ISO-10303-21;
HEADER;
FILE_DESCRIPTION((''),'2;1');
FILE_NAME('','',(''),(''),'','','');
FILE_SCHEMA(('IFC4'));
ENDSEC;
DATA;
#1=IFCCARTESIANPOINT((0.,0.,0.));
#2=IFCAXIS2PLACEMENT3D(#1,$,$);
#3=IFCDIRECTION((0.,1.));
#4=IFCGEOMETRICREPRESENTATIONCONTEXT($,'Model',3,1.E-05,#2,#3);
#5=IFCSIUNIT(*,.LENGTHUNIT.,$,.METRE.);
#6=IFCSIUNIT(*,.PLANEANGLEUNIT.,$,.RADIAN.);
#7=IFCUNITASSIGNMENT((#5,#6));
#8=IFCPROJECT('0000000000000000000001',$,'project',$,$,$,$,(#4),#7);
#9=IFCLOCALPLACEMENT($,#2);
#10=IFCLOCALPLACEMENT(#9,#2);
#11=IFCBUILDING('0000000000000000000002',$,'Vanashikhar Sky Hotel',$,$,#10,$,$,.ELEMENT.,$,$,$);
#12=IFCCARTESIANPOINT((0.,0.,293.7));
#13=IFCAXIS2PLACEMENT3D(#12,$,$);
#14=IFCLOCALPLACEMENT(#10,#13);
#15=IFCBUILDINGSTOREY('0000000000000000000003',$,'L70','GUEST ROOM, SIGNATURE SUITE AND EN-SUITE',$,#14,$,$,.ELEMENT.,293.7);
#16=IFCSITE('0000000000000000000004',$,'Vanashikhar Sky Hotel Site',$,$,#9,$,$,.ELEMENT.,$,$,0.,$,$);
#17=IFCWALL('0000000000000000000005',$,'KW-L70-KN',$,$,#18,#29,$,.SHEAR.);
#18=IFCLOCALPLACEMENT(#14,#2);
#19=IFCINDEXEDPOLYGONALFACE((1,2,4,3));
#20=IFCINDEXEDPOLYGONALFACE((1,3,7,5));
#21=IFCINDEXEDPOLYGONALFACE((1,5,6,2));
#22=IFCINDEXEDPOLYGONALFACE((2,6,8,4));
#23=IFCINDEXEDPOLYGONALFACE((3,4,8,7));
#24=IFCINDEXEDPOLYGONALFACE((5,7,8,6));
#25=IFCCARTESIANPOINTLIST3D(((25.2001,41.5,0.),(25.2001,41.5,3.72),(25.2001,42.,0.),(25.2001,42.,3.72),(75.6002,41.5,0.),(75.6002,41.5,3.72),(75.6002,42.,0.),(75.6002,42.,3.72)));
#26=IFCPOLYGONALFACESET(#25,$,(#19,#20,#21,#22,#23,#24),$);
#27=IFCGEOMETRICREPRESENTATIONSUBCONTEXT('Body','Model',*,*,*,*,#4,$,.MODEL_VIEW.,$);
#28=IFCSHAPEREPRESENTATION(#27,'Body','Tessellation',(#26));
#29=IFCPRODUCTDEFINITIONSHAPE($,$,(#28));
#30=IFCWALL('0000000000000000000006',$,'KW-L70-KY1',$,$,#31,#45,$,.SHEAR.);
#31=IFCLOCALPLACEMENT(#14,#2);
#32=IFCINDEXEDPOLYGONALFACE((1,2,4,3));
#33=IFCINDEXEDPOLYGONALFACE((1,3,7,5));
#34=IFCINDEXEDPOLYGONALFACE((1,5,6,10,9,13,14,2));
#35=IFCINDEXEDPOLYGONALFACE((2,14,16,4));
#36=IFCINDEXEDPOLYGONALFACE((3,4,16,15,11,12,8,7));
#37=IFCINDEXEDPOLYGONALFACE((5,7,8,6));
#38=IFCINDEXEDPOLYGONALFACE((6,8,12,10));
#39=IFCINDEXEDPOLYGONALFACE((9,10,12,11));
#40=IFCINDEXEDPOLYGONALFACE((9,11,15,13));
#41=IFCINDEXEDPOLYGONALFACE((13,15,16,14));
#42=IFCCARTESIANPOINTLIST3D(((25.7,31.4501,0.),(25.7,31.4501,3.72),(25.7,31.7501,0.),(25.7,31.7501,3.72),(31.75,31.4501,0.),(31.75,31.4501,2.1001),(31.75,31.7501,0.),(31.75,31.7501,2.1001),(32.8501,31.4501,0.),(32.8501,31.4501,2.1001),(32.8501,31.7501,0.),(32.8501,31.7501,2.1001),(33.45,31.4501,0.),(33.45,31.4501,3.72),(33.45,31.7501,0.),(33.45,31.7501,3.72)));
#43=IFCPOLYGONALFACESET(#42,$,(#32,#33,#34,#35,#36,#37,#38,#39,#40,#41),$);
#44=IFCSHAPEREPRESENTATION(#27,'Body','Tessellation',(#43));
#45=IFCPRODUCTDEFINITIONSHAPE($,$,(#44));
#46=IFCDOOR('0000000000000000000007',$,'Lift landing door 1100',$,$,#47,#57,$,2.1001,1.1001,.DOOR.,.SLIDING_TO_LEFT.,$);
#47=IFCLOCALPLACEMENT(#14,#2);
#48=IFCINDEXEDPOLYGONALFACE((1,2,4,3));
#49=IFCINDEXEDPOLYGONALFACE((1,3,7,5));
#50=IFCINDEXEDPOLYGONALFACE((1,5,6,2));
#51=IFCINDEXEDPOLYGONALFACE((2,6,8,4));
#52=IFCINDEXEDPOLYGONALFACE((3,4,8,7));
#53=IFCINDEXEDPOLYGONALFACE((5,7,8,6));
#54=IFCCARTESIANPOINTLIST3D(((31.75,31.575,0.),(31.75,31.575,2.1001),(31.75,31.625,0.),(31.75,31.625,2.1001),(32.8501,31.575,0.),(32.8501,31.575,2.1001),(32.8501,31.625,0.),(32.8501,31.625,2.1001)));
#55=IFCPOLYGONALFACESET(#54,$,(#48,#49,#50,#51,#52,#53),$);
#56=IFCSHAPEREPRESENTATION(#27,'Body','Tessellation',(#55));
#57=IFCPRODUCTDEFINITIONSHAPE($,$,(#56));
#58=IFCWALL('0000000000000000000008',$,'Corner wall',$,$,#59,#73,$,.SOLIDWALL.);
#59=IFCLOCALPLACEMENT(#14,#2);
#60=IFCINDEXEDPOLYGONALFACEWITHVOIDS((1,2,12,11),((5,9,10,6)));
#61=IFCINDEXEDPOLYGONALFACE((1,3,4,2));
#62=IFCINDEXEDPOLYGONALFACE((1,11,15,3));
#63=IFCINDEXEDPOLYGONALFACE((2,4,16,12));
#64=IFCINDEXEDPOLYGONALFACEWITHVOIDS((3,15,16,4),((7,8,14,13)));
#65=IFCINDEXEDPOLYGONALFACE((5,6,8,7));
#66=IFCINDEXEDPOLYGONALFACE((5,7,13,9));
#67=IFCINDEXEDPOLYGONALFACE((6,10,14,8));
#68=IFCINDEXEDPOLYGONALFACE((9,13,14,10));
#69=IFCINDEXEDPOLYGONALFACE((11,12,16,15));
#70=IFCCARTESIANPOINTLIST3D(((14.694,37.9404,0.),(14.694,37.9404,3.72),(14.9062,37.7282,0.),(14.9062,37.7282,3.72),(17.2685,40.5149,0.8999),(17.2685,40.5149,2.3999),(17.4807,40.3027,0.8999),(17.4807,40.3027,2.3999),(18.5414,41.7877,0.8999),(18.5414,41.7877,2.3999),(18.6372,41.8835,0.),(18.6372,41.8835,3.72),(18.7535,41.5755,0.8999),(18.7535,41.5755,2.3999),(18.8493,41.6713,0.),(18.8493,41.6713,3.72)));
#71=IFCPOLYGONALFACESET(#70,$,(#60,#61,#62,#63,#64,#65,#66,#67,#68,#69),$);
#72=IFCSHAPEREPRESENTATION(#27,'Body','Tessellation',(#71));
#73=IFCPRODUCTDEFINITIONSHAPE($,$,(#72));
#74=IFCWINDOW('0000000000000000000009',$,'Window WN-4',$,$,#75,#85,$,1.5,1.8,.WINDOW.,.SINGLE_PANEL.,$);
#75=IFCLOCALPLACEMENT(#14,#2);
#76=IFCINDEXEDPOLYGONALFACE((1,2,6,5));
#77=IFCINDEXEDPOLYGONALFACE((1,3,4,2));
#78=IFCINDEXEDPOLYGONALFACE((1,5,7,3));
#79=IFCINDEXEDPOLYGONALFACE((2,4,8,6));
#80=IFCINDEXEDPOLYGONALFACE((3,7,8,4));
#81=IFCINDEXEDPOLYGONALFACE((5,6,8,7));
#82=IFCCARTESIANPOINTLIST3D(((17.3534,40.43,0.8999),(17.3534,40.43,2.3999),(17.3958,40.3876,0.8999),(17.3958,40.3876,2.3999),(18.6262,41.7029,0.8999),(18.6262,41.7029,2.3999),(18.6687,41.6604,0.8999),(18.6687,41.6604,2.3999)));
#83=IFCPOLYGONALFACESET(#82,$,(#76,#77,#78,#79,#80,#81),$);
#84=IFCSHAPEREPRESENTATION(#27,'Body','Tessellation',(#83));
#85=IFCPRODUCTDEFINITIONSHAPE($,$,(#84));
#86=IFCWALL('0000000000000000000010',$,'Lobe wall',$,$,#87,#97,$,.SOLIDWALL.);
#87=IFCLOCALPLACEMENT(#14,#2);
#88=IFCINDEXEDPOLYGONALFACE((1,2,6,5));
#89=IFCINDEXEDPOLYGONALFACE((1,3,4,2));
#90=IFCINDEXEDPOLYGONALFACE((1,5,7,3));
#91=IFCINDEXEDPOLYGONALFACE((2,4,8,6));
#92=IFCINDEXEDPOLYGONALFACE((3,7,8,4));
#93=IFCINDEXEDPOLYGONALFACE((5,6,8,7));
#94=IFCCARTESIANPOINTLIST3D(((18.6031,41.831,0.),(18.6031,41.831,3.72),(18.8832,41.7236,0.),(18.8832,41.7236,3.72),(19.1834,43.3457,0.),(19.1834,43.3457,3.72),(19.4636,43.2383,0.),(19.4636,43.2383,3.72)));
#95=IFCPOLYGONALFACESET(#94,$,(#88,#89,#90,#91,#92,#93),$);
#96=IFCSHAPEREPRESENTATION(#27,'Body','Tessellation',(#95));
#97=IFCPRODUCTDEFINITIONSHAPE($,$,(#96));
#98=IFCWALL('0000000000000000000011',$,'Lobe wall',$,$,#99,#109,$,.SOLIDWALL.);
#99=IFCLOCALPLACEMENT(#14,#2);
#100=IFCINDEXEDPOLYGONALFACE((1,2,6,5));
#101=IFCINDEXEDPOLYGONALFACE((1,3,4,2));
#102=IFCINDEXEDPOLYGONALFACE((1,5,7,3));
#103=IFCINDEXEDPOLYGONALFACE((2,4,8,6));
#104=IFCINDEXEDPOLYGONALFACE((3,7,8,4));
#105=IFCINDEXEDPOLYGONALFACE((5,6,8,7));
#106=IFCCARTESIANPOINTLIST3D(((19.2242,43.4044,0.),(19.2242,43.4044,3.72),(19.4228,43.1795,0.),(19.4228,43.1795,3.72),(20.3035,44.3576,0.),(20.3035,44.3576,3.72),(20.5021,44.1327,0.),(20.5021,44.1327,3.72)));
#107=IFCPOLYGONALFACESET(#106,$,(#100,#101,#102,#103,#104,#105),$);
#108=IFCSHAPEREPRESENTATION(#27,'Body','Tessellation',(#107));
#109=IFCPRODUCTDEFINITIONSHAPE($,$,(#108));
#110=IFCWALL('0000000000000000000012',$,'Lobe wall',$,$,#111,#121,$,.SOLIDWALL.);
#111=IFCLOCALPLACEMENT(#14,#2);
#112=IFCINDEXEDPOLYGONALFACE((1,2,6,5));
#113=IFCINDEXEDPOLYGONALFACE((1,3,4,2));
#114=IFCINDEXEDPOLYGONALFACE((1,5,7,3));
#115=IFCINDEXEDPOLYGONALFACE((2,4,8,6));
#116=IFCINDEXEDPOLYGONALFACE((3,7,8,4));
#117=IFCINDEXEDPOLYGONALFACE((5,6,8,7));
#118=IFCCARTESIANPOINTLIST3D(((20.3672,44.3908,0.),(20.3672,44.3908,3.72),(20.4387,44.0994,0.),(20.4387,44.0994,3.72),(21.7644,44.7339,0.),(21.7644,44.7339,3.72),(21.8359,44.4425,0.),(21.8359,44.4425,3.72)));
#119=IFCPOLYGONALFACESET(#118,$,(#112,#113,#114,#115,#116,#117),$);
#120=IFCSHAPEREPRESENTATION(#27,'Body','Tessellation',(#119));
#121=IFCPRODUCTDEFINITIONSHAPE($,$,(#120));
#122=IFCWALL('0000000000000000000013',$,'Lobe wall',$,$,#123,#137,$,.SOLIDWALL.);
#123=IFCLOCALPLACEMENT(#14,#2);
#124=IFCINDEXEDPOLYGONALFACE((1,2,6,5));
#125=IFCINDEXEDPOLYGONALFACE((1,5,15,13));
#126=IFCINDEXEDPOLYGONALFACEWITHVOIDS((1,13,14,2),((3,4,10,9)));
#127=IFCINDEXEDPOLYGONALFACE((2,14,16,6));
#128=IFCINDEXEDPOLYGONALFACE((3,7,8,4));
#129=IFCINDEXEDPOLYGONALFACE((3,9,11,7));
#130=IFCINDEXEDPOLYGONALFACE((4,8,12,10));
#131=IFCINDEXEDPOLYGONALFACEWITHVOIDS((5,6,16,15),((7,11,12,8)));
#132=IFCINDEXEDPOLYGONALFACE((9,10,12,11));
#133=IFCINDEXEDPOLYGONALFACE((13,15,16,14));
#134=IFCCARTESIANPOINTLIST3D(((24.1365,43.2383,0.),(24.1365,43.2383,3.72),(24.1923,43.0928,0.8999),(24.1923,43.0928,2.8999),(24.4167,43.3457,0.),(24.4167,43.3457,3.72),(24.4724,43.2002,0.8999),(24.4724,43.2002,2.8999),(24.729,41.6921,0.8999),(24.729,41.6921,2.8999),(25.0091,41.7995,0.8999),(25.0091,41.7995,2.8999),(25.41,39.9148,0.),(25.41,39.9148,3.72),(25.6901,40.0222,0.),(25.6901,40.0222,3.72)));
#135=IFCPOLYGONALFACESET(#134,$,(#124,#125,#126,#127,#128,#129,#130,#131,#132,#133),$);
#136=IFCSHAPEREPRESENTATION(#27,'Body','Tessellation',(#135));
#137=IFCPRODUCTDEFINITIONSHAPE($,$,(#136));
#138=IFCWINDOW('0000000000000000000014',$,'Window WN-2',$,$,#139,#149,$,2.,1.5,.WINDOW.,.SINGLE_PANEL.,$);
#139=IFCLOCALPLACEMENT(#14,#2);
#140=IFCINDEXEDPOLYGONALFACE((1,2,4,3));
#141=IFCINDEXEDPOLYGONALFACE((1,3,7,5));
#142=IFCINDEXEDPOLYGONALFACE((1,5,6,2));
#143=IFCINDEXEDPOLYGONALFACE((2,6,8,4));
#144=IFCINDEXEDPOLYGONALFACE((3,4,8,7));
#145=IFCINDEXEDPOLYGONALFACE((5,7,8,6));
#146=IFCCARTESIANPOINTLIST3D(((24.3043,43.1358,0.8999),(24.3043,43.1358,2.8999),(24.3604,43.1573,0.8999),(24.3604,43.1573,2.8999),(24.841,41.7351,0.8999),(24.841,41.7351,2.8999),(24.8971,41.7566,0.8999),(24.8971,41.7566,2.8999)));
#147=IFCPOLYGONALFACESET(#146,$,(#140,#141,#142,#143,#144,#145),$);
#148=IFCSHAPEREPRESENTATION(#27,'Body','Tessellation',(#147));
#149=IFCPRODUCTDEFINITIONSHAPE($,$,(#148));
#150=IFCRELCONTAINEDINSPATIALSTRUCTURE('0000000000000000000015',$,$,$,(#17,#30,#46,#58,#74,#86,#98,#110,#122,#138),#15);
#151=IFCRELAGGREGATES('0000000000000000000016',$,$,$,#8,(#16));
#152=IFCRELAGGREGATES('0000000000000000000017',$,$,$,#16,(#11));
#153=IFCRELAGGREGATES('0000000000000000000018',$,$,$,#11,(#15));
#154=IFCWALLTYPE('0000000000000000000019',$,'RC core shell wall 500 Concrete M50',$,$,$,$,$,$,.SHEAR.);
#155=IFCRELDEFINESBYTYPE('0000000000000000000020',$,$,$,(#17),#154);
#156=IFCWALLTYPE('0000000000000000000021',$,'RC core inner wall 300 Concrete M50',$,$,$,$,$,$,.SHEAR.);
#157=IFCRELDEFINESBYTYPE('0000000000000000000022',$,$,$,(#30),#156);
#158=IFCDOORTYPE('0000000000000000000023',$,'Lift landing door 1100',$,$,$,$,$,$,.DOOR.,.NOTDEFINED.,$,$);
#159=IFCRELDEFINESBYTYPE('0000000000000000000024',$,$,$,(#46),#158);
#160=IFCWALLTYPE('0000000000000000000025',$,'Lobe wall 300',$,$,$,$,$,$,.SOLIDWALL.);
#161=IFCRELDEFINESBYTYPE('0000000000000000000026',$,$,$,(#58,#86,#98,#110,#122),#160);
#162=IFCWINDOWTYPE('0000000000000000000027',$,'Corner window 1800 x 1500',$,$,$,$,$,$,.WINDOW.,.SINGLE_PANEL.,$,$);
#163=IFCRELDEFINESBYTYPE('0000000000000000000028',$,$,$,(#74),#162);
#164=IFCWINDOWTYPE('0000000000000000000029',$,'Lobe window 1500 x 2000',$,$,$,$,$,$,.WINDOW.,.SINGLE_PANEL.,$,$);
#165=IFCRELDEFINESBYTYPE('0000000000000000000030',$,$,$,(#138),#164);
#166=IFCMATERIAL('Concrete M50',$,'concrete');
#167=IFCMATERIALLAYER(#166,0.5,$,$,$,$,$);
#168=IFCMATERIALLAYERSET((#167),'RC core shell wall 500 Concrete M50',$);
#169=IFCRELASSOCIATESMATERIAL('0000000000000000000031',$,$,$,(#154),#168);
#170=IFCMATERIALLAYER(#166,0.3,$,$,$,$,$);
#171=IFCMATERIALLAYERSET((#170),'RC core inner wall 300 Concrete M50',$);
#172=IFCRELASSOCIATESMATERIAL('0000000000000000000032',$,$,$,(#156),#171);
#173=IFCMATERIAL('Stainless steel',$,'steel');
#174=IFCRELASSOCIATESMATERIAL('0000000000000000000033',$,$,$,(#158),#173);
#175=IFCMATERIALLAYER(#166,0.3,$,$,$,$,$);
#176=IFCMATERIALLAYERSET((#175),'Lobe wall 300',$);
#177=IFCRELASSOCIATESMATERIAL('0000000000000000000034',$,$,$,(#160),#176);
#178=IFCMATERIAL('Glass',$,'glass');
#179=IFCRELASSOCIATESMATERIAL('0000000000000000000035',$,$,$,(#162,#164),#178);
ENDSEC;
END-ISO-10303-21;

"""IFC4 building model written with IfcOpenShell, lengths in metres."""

from ifc_helpers import new_model, si_unit, direction, frame, frame_2d, origin, place, context, subcontext, project, spatial, rectangle, extrude, source, transform, mapped, material, layer, layer_set, type_object, element, fill, save


model = new_model("IFC4")

# Units and contexts
model_context = context("Model", 3, precision=1e-05, world=origin(), true_north=direction((0.0, 1.0)))
body_context = subcontext(model_context, "Body", "Model", "MODEL_VIEW")
ifc_project = project(units=[si_unit("LENGTHUNIT", "METRE"), si_unit("PLANEANGLEUNIT", "RADIAN")], contexts=[model_context])

# Site, building, storey
site_placement = place(None, origin())
site = spatial("IfcSite", under=ifc_project, at=site_placement, Name="Vanashikhar Sky Hotel Site", CompositionType="ELEMENT", RefElevation=0.0)
building_placement = place(site_placement, origin())
building = spatial("IfcBuilding", under=site, at=building_placement, Name="Vanashikhar Sky Hotel", CompositionType="ELEMENT")
storey_placement = place(building_placement, frame((0.0, 0.0, 293.7)))
storey = spatial("IfcBuildingStorey", under=building, at=storey_placement, Name="L70", Description="GUEST ROOM, SIGNATURE SUITE AND EN-SUITE", CompositionType="ELEMENT", Elevation=293.7)

# Wall
ifc_material_1 = material(Name="Concrete M50", Category="concrete")
ifc_layer_1 = layer(ifc_material_1, 0.5)
ifc_layer_set_1 = layer_set([ifc_layer_1], Name="RC core shell wall 500 Concrete M50")
wall_type_1 = type_object("IfcWallType", Name="RC core shell wall 500 Concrete M50", PredefinedType="SHEAR", material=ifc_layer_set_1)
shared_shape_1 = source(origin(), body_context, "Body", "SweptSolid", [
    extrude(rectangle(XDim=50.4001, YDim=0.5, at=frame_2d((25.2002, 0.0))), origin(), (0.0, 0.0, 1.0), 3.72),
])
wall_1_placement = place(storey_placement, frame((25.2, 41.75, 0.0), z_axis=(0.0, 0.0, 1.0), x_axis=(1.0, 0.0, 0.0)))
element("IfcWall", 1, at=wall_1_placement, inside=storey, type_object=wall_type_1, Name="KW-L70-KN", PredefinedType="SHEAR", context=body_context, shape_type="MappedRepresentation", body=[
    mapped(shared_shape_1, transform((0.0, 0.0, 0.0), scale=1.0)),
])

# Wall, opening, door
ifc_layer_2 = layer(ifc_material_1, 0.3)
ifc_layer_set_2 = layer_set([ifc_layer_2], Name="RC core inner wall 300 Concrete M50")
wall_type_2 = type_object("IfcWallType", Name="RC core inner wall 300 Concrete M50", PredefinedType="SHEAR", material=ifc_layer_set_2)
shared_shape_2 = source(origin(), body_context, "Body", "SweptSolid", [
    extrude(rectangle(XDim=7.75, YDim=0.3, at=frame_2d((3.875, 0.0))), origin(), (0.0, 0.0, 1.0), 3.72),
])
wall_2_placement = place(storey_placement, frame((25.7, 31.6001, 0.0), z_axis=(0.0, 0.0, 1.0), x_axis=(1.0, 0.0, 0.0)))
wall_2 = element("IfcWall", 2, at=wall_2_placement, inside=storey, type_object=wall_type_2, Name="KW-L70-KY1", PredefinedType="SHEAR", context=body_context, shape_type="MappedRepresentation", body=[
    mapped(shared_shape_2, transform((0.0, 0.0, 0.0), scale=1.0)),
])
shared_shape_3 = source(origin(), body_context, "Body", "SweptSolid", [
    extrude(rectangle(XDim=1.1001, YDim=2.1001, at=frame_2d((0.55, 1.05))), frame((0.0, 0.1602, 0.0), z_axis=(0.0, -1.0, 0.0), x_axis=(1.0, 0.0, 0.0)), (0.0, 0.0, 1.0), 0.3201),
])
opening_1_placement = place(wall_2_placement, frame((6.05, 0.0, 0.0)))
opening_1 = element("IfcOpeningElement", 3, at=opening_1_placement, cuts=wall_2, PredefinedType="OPENING", context=body_context, shape_type="MappedRepresentation", body=[
    mapped(shared_shape_3, transform((0.0, 0.0, 0.0), scale=1.0)),
])
ifc_material_2 = material(Name="Stainless steel", Category="steel")
door_type_1 = type_object("IfcDoorType", Name="Lift landing door 1100", OperationType="NOTDEFINED", PredefinedType="DOOR", material=ifc_material_2)
shared_shape_4 = source(origin(), body_context, "Body", "SweptSolid", [
    extrude(rectangle(XDim=1.1001, YDim=2.1001, at=frame_2d((0.55, 1.05))), frame((0.0, 0.0249, 0.0), z_axis=(0.0, -1.0, 0.0), x_axis=(1.0, 0.0, 0.0)), (0.0, 0.0, 1.0), 0.05),
])
door_1_placement = place(opening_1_placement, origin())
door_1 = element("IfcDoor", 4, at=door_1_placement, inside=storey, type_object=door_type_1, Name="Lift landing door 1100", OperationType="SLIDING_TO_LEFT", OverallHeight=2.1001, OverallWidth=1.1001, PredefinedType="DOOR", context=body_context, shape_type="MappedRepresentation", body=[
    mapped(shared_shape_4, transform((0.0, 0.0, 0.0), scale=1.0)),
])
fill(opening_1, door_1)

# Wall, opening, window
ifc_layer_3 = layer(ifc_material_1, 0.3)
ifc_layer_set_3 = layer_set([ifc_layer_3], Name="Lobe wall 300")
wall_type_3 = type_object("IfcWallType", Name="Lobe wall 300", PredefinedType="SOLIDWALL", material=ifc_layer_set_3)
shared_shape_5 = source(origin(), body_context, "Body", "SweptSolid", [
    extrude(rectangle(XDim=5.5764, YDim=0.3, at=frame_2d((2.7881, 0.0))), origin(), (0.0, 0.0, 1.0), 3.72),
])
wall_3_placement = place(storey_placement, frame((18.7432, 41.7773, 0.0), z_axis=(0.0, 0.0, 1.0), x_axis=(-0.707107, -0.707107, 0.0)))
wall_3 = element("IfcWall", 5, at=wall_3_placement, inside=storey, type_object=wall_type_3, Name="Corner wall", PredefinedType="SOLIDWALL", context=body_context, shape_type="MappedRepresentation", body=[
    mapped(shared_shape_5, transform((0.0, 0.0, 0.0), scale=1.0)),
])
shared_shape_6 = source(origin(), body_context, "Body", "SweptSolid", [
    extrude(rectangle(XDim=1.8, YDim=1.5, at=frame_2d((0.8999, 0.75))), frame((0.0, 0.1602, 0.0), z_axis=(0.0, -1.0, 0.0), x_axis=(1.0, 0.0, 0.0)), (0.0, 0.0, 1.0), 0.3201),
])
opening_2_placement = place(wall_3_placement, frame((0.1355, 0.0, 0.8999)))
opening_2 = element("IfcOpeningElement", 6, at=opening_2_placement, cuts=wall_3, PredefinedType="OPENING", context=body_context, shape_type="MappedRepresentation", body=[
    mapped(shared_shape_6, transform((0.0, 0.0, 0.0), scale=1.0)),
])
ifc_material_3 = material(Name="Glass", Category="glass")
window_type_1 = type_object("IfcWindowType", Name="Corner window 1800 x 1500", PartitioningType="SINGLE_PANEL", PredefinedType="WINDOW", material=ifc_material_3)
shared_shape_7 = source(origin(), body_context, "Body", "SweptSolid", [
    extrude(rectangle(XDim=1.8, YDim=1.5, at=frame_2d((0.8999, 0.75))), frame((0.0, 0.03, 0.0), z_axis=(0.0, -1.0, 0.0), x_axis=(1.0, 0.0, 0.0)), (0.0, 0.0, 1.0), 0.0601),
])
window_1_placement = place(opening_2_placement, origin())
window_1 = element("IfcWindow", 7, at=window_1_placement, inside=storey, type_object=window_type_1, Name="Window WN-4", OverallHeight=1.5, OverallWidth=1.8, PartitioningType="SINGLE_PANEL", PredefinedType="WINDOW", context=body_context, shape_type="MappedRepresentation", body=[
    mapped(shared_shape_7, transform((0.0, 0.0, 0.0), scale=1.0)),
])
fill(opening_2, window_1)

# Walls
shared_shape_8 = source(origin(), body_context, "Body", "SweptSolid", [
    extrude(rectangle(XDim=1.6221, YDim=0.3, at=frame_2d((0.811, 0.0))), origin(), (0.0, 0.0, 1.0), 3.72),
])
wall_4_placement = place(storey_placement, frame((19.3235, 43.292, 0.0), z_axis=(0.0, 0.0, 1.0), x_axis=(-0.357779, -0.933806, 0.0)))
element("IfcWall", 8, at=wall_4_placement, inside=storey, type_object=wall_type_3, Name="Lobe wall", PredefinedType="SOLIDWALL", context=body_context, shape_type="MappedRepresentation", body=[
    mapped(shared_shape_8, transform((0.0, 0.0, 0.0), scale=1.0)),
])
shared_shape_9 = source(origin(), body_context, "Body", "SweptSolid", [
    extrude(rectangle(XDim=1.4399, YDim=0.3, at=frame_2d((0.72, 0.0))), origin(), (0.0, 0.0, 1.0), 3.72),
])
wall_5_placement = place(storey_placement, frame((20.4028, 44.2451, 0.0), z_axis=(0.0, 0.0, 1.0), x_axis=(-0.749576, -0.661919, 0.0)))
element("IfcWall", 9, at=wall_5_placement, inside=storey, type_object=wall_type_3, Name="Lobe wall", PredefinedType="SOLIDWALL", context=body_context, shape_type="MappedRepresentation", body=[
    mapped(shared_shape_9, transform((0.0, 0.0, 0.0), scale=1.0)),
])
shared_shape_10 = source(origin(), body_context, "Body", "SweptSolid", [
    extrude(rectangle(XDim=1.4387, YDim=0.3, at=frame_2d((0.7192, 0.0))), origin(), (0.0, 0.0, 1.0), 3.72),
])
wall_6_placement = place(storey_placement, frame((21.8, 44.5881, 0.0), z_axis=(0.0, 0.0, 1.0), x_axis=(-0.971162, -0.238421, 0.0)))
element("IfcWall", 10, at=wall_6_placement, inside=storey, type_object=wall_type_3, Name="Lobe wall", PredefinedType="SOLIDWALL", context=body_context, shape_type="MappedRepresentation", body=[
    mapped(shared_shape_10, transform((0.0, 0.0, 0.0), scale=1.0)),
])

# Wall, opening, window
shared_shape_11 = source(origin(), body_context, "Body", "SweptSolid", [
    extrude(rectangle(XDim=3.5591, YDim=0.3, at=frame_2d((1.7795, 0.0))), origin(), (0.0, 0.0, 1.0), 3.72),
])
wall_7_placement = place(storey_placement, frame((25.55, 39.9685, 0.0), z_axis=(0.0, 0.0, 1.0), x_axis=(-0.357797, 0.933799, 0.0)))
wall_7 = element("IfcWall", 11, at=wall_7_placement, inside=storey, type_object=wall_type_3, Name="Lobe wall", PredefinedType="SOLIDWALL", context=body_context, shape_type="MappedRepresentation", body=[
    mapped(shared_shape_11, transform((0.0, 0.0, 0.0), scale=1.0)),
])
shared_shape_12 = source(origin(), body_context, "Body", "SweptSolid", [
    extrude(rectangle(XDim=1.5, YDim=2.0, at=frame_2d((0.75, 1.0))), frame((0.0, 0.1602, 0.0), z_axis=(0.0, -1.0, 0.0), x_axis=(1.0, 0.0, 0.0)), (0.0, 0.0, 1.0), 0.3201),
])
opening_3_placement = place(wall_7_placement, frame((1.9033, 0.0, 0.8999)))
opening_3 = element("IfcOpeningElement", 12, at=opening_3_placement, cuts=wall_7, PredefinedType="OPENING", context=body_context, shape_type="MappedRepresentation", body=[
    mapped(shared_shape_12, transform((0.0, 0.0, 0.0), scale=1.0)),
])
window_type_2 = type_object("IfcWindowType", Name="Lobe window 1500 x 2000", PartitioningType="SINGLE_PANEL", PredefinedType="WINDOW", material=ifc_material_3)
shared_shape_13 = source(origin(), body_context, "Body", "SweptSolid", [
    extrude(rectangle(XDim=1.5, YDim=2.0, at=frame_2d((0.75, 1.0))), frame((0.0, 0.03, 0.0), z_axis=(0.0, -1.0, 0.0), x_axis=(1.0, 0.0, 0.0)), (0.0, 0.0, 1.0), 0.0601),
])
window_2_placement = place(opening_3_placement, origin())
window_2 = element("IfcWindow", 13, at=window_2_placement, inside=storey, type_object=window_type_2, Name="Window WN-2", OverallHeight=2.0, OverallWidth=1.5, PartitioningType="SINGLE_PANEL", PredefinedType="WINDOW", context=body_context, shape_type="MappedRepresentation", body=[
    mapped(shared_shape_13, transform((0.0, 0.0, 0.0), scale=1.0)),
])
fill(opening_3, window_2)

save(model, "model.ifc")
